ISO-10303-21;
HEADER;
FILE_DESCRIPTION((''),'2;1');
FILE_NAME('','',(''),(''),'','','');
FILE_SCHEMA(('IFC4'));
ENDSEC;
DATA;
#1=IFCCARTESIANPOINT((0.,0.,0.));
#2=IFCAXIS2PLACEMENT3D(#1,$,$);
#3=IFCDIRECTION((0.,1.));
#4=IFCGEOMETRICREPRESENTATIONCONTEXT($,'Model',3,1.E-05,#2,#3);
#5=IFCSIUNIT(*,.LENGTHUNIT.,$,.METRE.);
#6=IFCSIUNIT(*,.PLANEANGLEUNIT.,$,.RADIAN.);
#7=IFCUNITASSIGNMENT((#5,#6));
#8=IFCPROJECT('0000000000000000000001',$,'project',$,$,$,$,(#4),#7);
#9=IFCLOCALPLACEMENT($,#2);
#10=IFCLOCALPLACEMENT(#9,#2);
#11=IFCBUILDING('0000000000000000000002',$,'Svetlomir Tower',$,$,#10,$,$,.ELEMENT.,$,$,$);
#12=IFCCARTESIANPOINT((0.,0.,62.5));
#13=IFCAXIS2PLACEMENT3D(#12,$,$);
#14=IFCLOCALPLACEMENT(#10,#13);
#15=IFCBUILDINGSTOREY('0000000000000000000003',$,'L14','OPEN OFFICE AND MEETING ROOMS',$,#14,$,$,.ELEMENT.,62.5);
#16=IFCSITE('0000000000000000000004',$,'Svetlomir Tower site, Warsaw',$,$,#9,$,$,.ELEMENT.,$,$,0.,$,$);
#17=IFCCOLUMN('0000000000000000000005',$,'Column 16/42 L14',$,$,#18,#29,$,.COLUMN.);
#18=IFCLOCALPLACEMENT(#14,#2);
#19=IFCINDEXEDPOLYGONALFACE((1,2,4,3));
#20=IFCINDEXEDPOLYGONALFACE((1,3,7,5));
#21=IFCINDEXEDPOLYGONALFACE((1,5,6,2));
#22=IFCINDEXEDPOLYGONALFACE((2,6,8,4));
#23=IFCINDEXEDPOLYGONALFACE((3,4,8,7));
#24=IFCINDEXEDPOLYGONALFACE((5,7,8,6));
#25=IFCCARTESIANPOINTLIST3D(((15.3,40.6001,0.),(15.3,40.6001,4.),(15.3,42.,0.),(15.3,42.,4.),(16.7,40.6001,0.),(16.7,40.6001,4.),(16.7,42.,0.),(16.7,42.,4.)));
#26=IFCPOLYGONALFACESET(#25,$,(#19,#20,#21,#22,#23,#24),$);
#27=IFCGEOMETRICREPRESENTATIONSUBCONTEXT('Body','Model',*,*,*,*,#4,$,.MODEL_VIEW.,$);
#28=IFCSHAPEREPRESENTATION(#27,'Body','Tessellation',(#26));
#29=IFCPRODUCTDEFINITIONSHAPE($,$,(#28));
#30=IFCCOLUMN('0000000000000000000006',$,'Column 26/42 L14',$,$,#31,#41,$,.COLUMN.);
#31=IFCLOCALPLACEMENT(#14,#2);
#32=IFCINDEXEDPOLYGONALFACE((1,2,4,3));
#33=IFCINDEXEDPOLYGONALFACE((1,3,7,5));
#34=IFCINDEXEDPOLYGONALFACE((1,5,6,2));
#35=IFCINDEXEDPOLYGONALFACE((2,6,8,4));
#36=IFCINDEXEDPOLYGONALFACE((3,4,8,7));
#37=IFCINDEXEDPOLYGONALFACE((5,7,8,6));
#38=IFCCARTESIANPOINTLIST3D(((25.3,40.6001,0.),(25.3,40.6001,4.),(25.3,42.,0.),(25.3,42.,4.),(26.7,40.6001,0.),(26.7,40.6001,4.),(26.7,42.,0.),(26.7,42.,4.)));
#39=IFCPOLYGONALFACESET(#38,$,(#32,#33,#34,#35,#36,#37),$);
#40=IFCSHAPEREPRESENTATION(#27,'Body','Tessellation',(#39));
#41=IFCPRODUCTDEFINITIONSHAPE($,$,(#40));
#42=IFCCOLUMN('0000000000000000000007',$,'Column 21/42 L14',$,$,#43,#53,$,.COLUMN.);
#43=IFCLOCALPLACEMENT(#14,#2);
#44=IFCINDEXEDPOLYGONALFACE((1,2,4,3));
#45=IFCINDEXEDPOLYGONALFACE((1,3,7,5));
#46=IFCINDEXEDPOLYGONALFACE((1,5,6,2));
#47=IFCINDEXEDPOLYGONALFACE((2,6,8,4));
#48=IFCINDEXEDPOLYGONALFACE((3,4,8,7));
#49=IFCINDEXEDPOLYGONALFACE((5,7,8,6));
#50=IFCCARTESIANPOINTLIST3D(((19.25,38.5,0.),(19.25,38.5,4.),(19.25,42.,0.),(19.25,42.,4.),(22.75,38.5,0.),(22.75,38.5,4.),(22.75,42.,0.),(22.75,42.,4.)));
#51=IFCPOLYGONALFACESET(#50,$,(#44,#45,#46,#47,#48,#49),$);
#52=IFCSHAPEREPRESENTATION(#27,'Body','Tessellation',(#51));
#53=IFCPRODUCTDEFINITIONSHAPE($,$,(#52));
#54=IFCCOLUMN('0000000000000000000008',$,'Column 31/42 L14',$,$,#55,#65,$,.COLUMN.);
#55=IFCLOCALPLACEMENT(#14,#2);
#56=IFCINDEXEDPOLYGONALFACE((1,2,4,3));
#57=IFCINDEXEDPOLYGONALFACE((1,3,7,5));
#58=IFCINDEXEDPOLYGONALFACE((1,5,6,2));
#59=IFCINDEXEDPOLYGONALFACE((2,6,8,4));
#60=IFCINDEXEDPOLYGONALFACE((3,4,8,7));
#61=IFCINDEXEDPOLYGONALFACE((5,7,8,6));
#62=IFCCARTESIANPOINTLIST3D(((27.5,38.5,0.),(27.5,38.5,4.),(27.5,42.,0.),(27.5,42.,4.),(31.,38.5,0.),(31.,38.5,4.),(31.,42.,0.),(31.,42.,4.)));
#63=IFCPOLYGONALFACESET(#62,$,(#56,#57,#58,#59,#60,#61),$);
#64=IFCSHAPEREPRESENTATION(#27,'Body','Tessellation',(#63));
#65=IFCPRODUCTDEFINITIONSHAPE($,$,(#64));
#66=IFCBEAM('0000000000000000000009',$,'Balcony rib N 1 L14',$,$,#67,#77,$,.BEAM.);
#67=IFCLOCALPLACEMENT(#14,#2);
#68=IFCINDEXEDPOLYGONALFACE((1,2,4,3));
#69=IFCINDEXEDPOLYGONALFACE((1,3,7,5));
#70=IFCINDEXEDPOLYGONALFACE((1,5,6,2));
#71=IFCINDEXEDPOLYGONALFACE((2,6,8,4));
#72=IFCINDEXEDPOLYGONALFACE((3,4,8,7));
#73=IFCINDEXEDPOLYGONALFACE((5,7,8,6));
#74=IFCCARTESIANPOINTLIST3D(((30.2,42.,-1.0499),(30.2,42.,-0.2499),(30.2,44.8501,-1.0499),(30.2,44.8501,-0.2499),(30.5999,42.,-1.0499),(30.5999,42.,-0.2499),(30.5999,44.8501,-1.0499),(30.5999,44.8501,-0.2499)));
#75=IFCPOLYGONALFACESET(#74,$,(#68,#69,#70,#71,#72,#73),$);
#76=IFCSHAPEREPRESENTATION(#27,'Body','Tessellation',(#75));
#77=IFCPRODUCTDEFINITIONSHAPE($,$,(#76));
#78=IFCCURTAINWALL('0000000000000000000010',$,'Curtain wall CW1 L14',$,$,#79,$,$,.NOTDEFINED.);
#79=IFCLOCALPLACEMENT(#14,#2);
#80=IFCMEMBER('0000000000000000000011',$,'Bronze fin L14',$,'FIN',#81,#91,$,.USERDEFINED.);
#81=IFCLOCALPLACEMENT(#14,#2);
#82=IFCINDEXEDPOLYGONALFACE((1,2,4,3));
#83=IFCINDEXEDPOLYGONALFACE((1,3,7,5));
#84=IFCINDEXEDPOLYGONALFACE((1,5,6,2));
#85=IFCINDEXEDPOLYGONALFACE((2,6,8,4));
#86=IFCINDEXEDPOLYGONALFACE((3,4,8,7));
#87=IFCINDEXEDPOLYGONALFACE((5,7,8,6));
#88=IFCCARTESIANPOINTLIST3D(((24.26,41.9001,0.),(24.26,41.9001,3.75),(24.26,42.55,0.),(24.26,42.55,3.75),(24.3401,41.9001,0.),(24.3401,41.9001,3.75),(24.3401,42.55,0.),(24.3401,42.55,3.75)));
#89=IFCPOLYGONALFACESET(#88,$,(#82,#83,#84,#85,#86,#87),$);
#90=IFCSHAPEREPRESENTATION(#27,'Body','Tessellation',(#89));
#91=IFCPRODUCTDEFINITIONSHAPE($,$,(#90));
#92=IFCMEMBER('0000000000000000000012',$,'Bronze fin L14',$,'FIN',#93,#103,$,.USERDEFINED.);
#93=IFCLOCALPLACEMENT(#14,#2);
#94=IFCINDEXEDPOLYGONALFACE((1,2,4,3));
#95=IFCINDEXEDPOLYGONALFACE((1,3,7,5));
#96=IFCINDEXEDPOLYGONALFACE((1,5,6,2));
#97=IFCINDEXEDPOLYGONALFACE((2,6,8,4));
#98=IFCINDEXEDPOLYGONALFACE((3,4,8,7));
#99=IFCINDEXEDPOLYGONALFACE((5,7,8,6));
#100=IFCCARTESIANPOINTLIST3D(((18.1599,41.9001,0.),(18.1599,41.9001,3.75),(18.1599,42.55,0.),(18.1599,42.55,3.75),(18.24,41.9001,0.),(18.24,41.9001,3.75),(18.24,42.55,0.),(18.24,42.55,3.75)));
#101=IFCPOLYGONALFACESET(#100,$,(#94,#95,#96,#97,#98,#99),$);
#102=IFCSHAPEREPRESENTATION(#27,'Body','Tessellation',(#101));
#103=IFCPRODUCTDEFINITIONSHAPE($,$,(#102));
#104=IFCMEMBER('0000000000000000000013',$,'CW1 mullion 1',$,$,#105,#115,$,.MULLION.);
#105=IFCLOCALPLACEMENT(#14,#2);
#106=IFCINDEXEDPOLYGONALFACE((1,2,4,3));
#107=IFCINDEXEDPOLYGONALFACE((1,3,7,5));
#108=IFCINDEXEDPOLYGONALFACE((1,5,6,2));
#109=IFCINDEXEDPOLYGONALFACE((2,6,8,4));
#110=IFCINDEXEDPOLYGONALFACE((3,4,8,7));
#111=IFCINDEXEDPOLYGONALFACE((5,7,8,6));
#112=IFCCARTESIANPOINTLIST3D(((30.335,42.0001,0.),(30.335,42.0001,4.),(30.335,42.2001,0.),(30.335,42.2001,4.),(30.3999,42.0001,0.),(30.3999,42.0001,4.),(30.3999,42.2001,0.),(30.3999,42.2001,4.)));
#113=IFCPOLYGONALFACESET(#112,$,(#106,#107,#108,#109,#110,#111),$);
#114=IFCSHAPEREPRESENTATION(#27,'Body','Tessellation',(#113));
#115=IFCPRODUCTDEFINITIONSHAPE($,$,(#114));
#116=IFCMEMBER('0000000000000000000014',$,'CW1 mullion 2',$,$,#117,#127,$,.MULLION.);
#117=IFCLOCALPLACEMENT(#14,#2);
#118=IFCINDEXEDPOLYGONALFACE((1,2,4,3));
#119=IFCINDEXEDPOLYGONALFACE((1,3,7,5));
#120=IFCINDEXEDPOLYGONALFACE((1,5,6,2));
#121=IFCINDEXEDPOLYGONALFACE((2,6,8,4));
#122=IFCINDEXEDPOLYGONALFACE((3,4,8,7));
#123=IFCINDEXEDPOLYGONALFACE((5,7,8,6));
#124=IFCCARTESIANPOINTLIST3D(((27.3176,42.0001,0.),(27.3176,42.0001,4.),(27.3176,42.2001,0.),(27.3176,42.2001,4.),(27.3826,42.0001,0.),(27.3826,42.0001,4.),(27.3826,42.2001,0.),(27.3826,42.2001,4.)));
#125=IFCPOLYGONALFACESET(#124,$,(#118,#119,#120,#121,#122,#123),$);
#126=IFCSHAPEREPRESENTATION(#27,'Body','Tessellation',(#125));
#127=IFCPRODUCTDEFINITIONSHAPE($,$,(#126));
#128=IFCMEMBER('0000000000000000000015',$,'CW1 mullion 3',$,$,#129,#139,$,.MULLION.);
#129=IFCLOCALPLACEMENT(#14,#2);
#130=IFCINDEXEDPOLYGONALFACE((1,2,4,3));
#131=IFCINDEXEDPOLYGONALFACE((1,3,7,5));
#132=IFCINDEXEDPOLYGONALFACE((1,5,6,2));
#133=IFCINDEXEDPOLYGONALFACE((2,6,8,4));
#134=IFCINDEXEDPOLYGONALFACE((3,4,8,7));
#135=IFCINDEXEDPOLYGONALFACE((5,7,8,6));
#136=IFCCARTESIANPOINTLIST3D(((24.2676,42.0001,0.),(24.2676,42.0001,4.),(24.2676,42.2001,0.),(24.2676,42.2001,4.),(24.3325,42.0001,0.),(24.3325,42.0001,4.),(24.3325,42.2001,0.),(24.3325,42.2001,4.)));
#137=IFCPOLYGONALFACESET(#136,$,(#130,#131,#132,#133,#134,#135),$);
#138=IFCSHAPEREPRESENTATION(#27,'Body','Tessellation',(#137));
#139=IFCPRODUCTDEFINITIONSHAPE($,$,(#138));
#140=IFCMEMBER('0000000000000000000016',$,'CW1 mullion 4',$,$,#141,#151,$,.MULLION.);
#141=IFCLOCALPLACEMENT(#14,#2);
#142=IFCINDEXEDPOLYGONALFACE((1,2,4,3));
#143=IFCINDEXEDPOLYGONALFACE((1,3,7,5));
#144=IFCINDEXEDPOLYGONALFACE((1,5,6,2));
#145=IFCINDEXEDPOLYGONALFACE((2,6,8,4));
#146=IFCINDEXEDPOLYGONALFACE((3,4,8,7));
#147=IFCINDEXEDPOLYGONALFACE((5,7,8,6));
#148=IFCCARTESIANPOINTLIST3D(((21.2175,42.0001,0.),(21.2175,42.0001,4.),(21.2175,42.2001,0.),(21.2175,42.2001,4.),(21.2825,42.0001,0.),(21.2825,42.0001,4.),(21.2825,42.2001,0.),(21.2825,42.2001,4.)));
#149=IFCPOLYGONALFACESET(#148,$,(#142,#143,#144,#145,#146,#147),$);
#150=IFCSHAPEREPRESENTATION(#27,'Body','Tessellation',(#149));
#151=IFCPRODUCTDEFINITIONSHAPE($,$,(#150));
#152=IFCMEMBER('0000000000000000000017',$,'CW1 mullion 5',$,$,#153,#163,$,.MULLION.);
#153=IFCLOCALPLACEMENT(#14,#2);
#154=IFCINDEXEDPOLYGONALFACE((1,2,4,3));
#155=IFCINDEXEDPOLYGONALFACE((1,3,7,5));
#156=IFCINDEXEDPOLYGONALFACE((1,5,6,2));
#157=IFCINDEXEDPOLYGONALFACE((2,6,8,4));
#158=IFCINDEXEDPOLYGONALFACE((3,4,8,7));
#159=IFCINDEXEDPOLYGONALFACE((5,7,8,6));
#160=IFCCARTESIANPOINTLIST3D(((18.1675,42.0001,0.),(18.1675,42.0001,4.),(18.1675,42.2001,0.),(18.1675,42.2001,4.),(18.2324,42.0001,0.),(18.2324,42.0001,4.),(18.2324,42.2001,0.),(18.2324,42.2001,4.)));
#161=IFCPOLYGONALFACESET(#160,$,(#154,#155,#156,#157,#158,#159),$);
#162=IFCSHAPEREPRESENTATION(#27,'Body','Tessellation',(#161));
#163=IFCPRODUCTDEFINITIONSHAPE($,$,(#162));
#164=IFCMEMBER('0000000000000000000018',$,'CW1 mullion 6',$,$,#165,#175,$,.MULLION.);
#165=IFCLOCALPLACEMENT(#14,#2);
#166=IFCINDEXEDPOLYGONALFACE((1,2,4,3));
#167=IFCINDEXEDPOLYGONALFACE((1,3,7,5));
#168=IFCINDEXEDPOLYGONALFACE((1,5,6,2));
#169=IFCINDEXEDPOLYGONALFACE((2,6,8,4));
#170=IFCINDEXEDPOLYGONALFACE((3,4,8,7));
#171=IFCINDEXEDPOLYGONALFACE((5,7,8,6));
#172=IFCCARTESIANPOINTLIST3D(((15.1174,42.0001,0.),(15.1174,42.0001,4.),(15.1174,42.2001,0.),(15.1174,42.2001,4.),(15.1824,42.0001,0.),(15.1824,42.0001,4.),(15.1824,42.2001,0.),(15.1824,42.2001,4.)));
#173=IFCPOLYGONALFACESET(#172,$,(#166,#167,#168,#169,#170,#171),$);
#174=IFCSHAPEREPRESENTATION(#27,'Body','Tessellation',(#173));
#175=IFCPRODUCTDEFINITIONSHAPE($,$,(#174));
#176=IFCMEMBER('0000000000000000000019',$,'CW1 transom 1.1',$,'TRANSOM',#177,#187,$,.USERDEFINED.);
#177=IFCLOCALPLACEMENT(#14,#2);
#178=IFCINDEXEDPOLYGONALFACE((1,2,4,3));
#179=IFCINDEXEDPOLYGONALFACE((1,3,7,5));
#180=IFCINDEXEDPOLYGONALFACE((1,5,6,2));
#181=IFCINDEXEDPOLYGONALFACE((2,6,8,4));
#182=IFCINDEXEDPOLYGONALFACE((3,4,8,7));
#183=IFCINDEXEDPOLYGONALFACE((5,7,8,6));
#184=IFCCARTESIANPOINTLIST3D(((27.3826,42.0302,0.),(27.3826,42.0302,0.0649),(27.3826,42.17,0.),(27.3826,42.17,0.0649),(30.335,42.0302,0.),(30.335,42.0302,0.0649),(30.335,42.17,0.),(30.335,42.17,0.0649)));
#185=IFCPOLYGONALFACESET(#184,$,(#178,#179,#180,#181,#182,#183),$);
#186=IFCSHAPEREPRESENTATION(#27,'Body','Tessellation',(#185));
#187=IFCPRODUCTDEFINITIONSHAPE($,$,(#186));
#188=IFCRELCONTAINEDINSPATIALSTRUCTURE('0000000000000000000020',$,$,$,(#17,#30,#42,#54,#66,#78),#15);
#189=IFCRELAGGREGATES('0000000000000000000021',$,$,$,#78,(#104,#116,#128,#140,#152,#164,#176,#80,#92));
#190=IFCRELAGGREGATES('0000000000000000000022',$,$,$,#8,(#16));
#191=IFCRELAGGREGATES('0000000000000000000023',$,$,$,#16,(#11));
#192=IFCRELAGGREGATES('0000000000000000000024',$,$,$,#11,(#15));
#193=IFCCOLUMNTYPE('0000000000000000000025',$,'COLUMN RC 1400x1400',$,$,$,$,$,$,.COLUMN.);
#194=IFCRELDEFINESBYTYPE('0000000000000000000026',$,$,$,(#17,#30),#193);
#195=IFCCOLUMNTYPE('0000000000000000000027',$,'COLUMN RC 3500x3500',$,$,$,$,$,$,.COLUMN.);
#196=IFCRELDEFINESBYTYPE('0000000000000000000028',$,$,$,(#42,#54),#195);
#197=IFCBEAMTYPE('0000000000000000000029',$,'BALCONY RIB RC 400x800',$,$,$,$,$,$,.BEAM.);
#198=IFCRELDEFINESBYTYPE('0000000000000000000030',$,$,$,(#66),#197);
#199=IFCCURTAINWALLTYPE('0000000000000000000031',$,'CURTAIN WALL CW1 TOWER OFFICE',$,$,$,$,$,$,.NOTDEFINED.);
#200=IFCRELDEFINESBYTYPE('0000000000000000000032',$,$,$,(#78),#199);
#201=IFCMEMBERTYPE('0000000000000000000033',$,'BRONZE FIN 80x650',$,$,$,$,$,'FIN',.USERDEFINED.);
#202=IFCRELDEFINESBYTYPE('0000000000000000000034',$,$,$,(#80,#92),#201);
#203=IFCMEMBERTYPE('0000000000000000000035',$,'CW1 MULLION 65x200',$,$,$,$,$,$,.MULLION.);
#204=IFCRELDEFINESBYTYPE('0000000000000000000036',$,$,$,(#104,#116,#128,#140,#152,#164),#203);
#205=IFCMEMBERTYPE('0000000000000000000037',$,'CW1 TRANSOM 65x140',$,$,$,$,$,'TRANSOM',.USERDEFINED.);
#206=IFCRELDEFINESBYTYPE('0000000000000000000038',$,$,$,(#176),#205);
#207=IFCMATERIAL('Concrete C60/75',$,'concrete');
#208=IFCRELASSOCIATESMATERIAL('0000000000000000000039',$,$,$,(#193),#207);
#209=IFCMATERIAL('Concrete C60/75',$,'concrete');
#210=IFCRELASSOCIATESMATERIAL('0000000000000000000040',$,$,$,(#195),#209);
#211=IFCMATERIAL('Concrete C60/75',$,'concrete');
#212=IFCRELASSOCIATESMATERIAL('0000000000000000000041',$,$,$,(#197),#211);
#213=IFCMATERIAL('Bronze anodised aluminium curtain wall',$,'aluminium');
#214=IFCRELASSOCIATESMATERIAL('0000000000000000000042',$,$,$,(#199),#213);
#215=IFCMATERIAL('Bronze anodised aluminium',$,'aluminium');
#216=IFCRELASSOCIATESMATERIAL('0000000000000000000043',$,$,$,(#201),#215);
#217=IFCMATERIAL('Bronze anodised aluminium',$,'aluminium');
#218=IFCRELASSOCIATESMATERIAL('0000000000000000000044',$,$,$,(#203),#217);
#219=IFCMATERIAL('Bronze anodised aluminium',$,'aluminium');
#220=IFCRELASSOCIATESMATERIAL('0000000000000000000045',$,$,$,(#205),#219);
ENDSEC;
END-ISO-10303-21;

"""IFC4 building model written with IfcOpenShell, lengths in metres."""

from ifc_helpers import new_model, si_unit, direction, frame, origin, origin_2d, place, context, subcontext, project, spatial, rectangle, extrude, material, material_profile, profile_set, type_object, element, aggregate, save


model = new_model("IFC4")

# Units and contexts
model_context = context("Model", 3, precision=1e-05, world=origin(), true_north=direction((0.0, 1.0)))
body_context = subcontext(model_context, "Body", "Model", "MODEL_VIEW")
ifc_project = project(units=[si_unit("LENGTHUNIT", "METRE"), si_unit("PLANEANGLEUNIT", "RADIAN")], contexts=[model_context])

# Site, building, storey
site_placement = place(None, origin())
site = spatial("IfcSite", under=ifc_project, at=site_placement, Name="Svetlomir Tower site, Warsaw", CompositionType="ELEMENT", RefElevation=0.0)
building_placement = place(site_placement, origin())
building = spatial("IfcBuilding", under=site, at=building_placement, Name="Svetlomir Tower", CompositionType="ELEMENT")
storey_placement = place(building_placement, frame((0.0, 0.0, 62.5)))
storey = spatial("IfcBuildingStorey", under=building, at=storey_placement, Name="L14", Description="OPEN OFFICE AND MEETING ROOMS", CompositionType="ELEMENT", Elevation=62.5)

# Columns
ifc_material_1 = material(Name="Concrete C60/75", Category="concrete")
ifc_material_profile_1 = material_profile(ifc_material_1, rectangle(XDim=1.3999, YDim=1.3999, at=origin_2d()), Name="RC 1400x1400")
ifc_profile_set_1 = profile_set([ifc_material_profile_1], Name="Concrete C60/75")
column_type_1 = type_object("IfcColumnType", Name="COLUMN RC 1400x1400", PredefinedType="COLUMN", material=ifc_profile_set_1)
for number, where, z_axis, x_axis, name in (
    (1, (16.0, 41.3, 0.0), (0.0, 0.0, 1.0), (1.0, 0.0, 0.0), "Column 16/42 L14"),
    (2, (26.0, 41.3, 0.0), (0.0, 0.0, 1.0), (1.0, 0.0, 0.0), "Column 26/42 L14"),
):
    element("IfcColumn", number, at=place(storey_placement, frame(where, z_axis=z_axis, x_axis=x_axis)), inside=storey, type_object=column_type_1, Name=name, PredefinedType="COLUMN", context=body_context, shape_type="SweptSolid", body=[
        extrude(rectangle(XDim=1.3999, YDim=1.3999, at=origin_2d()), origin(), (0.0, 0.0, 1.0), 4.0),
    ])
ifc_material_2 = material(Name="Concrete C60/75", Category="concrete")
ifc_material_profile_2 = material_profile(ifc_material_2, rectangle(XDim=3.5, YDim=3.5, at=origin_2d()), Name="RC 3500x3500")
ifc_profile_set_2 = profile_set([ifc_material_profile_2], Name="Concrete C60/75")
column_type_2 = type_object("IfcColumnType", Name="COLUMN RC 3500x3500", PredefinedType="COLUMN", material=ifc_profile_set_2)
for number, where, z_axis, x_axis, name in (
    (3, (21.0, 40.25, 0.0), (0.0, 0.0, 1.0), (1.0, 0.0, 0.0), "Column 21/42 L14"),
    (4, (29.25, 40.25, 0.0), (0.0, 0.0, 1.0), (1.0, 0.0, 0.0), "Column 31/42 L14"),
):
    element("IfcColumn", number, at=place(storey_placement, frame(where, z_axis=z_axis, x_axis=x_axis)), inside=storey, type_object=column_type_2, Name=name, PredefinedType="COLUMN", context=body_context, shape_type="SweptSolid", body=[
        extrude(rectangle(XDim=3.5, YDim=3.5, at=origin_2d()), origin(), (0.0, 0.0, 1.0), 4.0),
    ])

# Beam
ifc_material_3 = material(Name="Concrete C60/75", Category="concrete")
ifc_material_profile_3 = material_profile(ifc_material_3, rectangle(XDim=0.3999, YDim=0.8, at=origin_2d()), Name="RC 400x800")
ifc_profile_set_3 = profile_set([ifc_material_profile_3], Name="Concrete C60/75")
beam_type_1 = type_object("IfcBeamType", Name="BALCONY RIB RC 400x800", PredefinedType="BEAM", material=ifc_profile_set_3)
beam_1_placement = place(storey_placement, frame((30.3999, 42.0, -0.6499), z_axis=(0.0, 1.0, 0.0), x_axis=(-1.0, 0.0, 0.0)))
element("IfcBeam", 5, at=beam_1_placement, inside=storey, type_object=beam_type_1, Name="Balcony rib N 1 L14", PredefinedType="BEAM", context=body_context, shape_type="SweptSolid", body=[
    extrude(rectangle(XDim=0.3999, YDim=0.8, at=origin_2d()), origin(), (0.0, 0.0, 1.0), 2.8501),
])

# Curtain wall, members
ifc_material_4 = material(Name="Bronze anodised aluminium curtain wall", Category="aluminium")
curtain_wall_type = type_object("IfcCurtainWallType", Name="CURTAIN WALL CW1 TOWER OFFICE", PredefinedType="NOTDEFINED", material=ifc_material_4)
curtain_wall_placement = place(storey_placement, origin())
curtain_wall = element("IfcCurtainWall", 6, at=curtain_wall_placement, inside=storey, type_object=curtain_wall_type, Name="Curtain wall CW1 L14", PredefinedType="NOTDEFINED")
ifc_material_5 = material(Name="Bronze anodised aluminium", Category="aluminium")
ifc_material_profile_4 = material_profile(ifc_material_5, rectangle(XDim=0.0801, YDim=0.6499, at=origin_2d()), Name="FIN 80x650")
ifc_profile_set_4 = profile_set([ifc_material_profile_4], Name="Bronze anodised aluminium 6063-T6")
member_type_1 = type_object("IfcMemberType", Name="BRONZE FIN 80x650", ElementType="FIN", PredefinedType="USERDEFINED", material=ifc_profile_set_4)
member_1_placement = place(storey_placement, frame((24.3, 42.2251, 0.0), z_axis=(0.0, 0.0, 1.0), x_axis=(1.0, 0.0, 0.0)))
member_1 = element("IfcMember", 7, at=member_1_placement, type_object=member_type_1, Name="Bronze fin L14", ObjectType="FIN", PredefinedType="USERDEFINED", context=body_context, shape_type="SweptSolid", body=[
    extrude(rectangle(XDim=0.0801, YDim=0.6499, at=origin_2d()), origin(), (0.0, 0.0, 1.0), 3.75),
])
member_2_placement = place(storey_placement, frame((18.2, 42.2251, 0.0), z_axis=(0.0, 0.0, 1.0), x_axis=(1.0, 0.0, 0.0)))
member_2 = element("IfcMember", 8, at=member_2_placement, type_object=member_type_1, Name="Bronze fin L14", ObjectType="FIN", PredefinedType="USERDEFINED", context=body_context, shape_type="SweptSolid", body=[
    extrude(rectangle(XDim=0.0801, YDim=0.6499, at=origin_2d()), origin(), (0.0, 0.0, 1.0), 3.75),
])
ifc_material_6 = material(Name="Bronze anodised aluminium", Category="aluminium")
ifc_material_profile_5 = material_profile(ifc_material_6, rectangle(XDim=0.0649, YDim=0.2, at=origin_2d()), Name="AL 65x200")
ifc_profile_set_5 = profile_set([ifc_material_profile_5], Name="Bronze anodised aluminium 6063-T6")
member_type_2 = type_object("IfcMemberType", Name="CW1 MULLION 65x200", PredefinedType="MULLION", material=ifc_profile_set_5)
member_3_placement = place(storey_placement, frame((30.3674, 42.1001, 0.0), z_axis=(0.0, 0.0, 1.0), x_axis=(-1.0, 0.0, 0.0)))
member_3 = element("IfcMember", 9, at=member_3_placement, type_object=member_type_2, Name="CW1 mullion 1", PredefinedType="MULLION", context=body_context, shape_type="SweptSolid", body=[
    extrude(rectangle(XDim=0.0649, YDim=0.2, at=origin_2d()), origin(), (0.0, 0.0, 1.0), 4.0),
])
member_4_placement = place(storey_placement, frame((27.3501, 42.1001, 0.0), z_axis=(0.0, 0.0, 1.0), x_axis=(-1.0, 0.0, 0.0)))
member_4 = element("IfcMember", 10, at=member_4_placement, type_object=member_type_2, Name="CW1 mullion 2", PredefinedType="MULLION", context=body_context, shape_type="SweptSolid", body=[
    extrude(rectangle(XDim=0.0649, YDim=0.2, at=origin_2d()), origin(), (0.0, 0.0, 1.0), 4.0),
])
member_5_placement = place(storey_placement, frame((24.3, 42.1001, 0.0), z_axis=(0.0, 0.0, 1.0), x_axis=(-1.0, 0.0, 0.0)))
member_5 = element("IfcMember", 11, at=member_5_placement, type_object=member_type_2, Name="CW1 mullion 3", PredefinedType="MULLION", context=body_context, shape_type="SweptSolid", body=[
    extrude(rectangle(XDim=0.0649, YDim=0.2, at=origin_2d()), origin(), (0.0, 0.0, 1.0), 4.0),
])
member_6_placement = place(storey_placement, frame((21.25, 42.1001, 0.0), z_axis=(0.0, 0.0, 1.0), x_axis=(-1.0, 0.0, 0.0)))
member_6 = element("IfcMember", 12, at=member_6_placement, type_object=member_type_2, Name="CW1 mullion 4", PredefinedType="MULLION", context=body_context, shape_type="SweptSolid", body=[
    extrude(rectangle(XDim=0.0649, YDim=0.2, at=origin_2d()), origin(), (0.0, 0.0, 1.0), 4.0),
])
member_7_placement = place(storey_placement, frame((18.2, 42.1001, 0.0), z_axis=(0.0, 0.0, 1.0), x_axis=(-1.0, 0.0, 0.0)))
member_7 = element("IfcMember", 13, at=member_7_placement, type_object=member_type_2, Name="CW1 mullion 5", PredefinedType="MULLION", context=body_context, shape_type="SweptSolid", body=[
    extrude(rectangle(XDim=0.0649, YDim=0.2, at=origin_2d()), origin(), (0.0, 0.0, 1.0), 4.0),
])
member_8_placement = place(storey_placement, frame((15.1499, 42.1001, 0.0), z_axis=(0.0, 0.0, 1.0), x_axis=(-1.0, 0.0, 0.0)))
member_8 = element("IfcMember", 14, at=member_8_placement, type_object=member_type_2, Name="CW1 mullion 6", PredefinedType="MULLION", context=body_context, shape_type="SweptSolid", body=[
    extrude(rectangle(XDim=0.0649, YDim=0.2, at=origin_2d()), origin(), (0.0, 0.0, 1.0), 4.0),
])
ifc_material_7 = material(Name="Bronze anodised aluminium", Category="aluminium")
ifc_material_profile_6 = material_profile(ifc_material_7, rectangle(XDim=0.1399, YDim=0.0649, at=origin_2d()), Name="AL 140x65")
ifc_profile_set_6 = profile_set([ifc_material_profile_6], Name="Bronze anodised aluminium 6063-T6")
member_type_3 = type_object("IfcMemberType", Name="CW1 TRANSOM 65x140", ElementType="TRANSOM", PredefinedType="USERDEFINED", material=ifc_profile_set_6)
member_9_placement = place(storey_placement, frame((30.335, 42.1001, 0.0325), z_axis=(-1.0, 0.0, 0.0), x_axis=(0.0, -1.0, 0.0)))
member_9 = element("IfcMember", 15, at=member_9_placement, type_object=member_type_3, Name="CW1 transom 1.1", ObjectType="TRANSOM", PredefinedType="USERDEFINED", context=body_context, shape_type="SweptSolid", body=[
    extrude(rectangle(XDim=0.1399, YDim=0.0649, at=origin_2d()), origin(), (0.0, 0.0, 1.0), 2.9524),
])

aggregate(curtain_wall, [member_3, member_4, member_5, member_6, member_7, member_8, member_9, member_1, member_2])

save(model, "model.ifc")
